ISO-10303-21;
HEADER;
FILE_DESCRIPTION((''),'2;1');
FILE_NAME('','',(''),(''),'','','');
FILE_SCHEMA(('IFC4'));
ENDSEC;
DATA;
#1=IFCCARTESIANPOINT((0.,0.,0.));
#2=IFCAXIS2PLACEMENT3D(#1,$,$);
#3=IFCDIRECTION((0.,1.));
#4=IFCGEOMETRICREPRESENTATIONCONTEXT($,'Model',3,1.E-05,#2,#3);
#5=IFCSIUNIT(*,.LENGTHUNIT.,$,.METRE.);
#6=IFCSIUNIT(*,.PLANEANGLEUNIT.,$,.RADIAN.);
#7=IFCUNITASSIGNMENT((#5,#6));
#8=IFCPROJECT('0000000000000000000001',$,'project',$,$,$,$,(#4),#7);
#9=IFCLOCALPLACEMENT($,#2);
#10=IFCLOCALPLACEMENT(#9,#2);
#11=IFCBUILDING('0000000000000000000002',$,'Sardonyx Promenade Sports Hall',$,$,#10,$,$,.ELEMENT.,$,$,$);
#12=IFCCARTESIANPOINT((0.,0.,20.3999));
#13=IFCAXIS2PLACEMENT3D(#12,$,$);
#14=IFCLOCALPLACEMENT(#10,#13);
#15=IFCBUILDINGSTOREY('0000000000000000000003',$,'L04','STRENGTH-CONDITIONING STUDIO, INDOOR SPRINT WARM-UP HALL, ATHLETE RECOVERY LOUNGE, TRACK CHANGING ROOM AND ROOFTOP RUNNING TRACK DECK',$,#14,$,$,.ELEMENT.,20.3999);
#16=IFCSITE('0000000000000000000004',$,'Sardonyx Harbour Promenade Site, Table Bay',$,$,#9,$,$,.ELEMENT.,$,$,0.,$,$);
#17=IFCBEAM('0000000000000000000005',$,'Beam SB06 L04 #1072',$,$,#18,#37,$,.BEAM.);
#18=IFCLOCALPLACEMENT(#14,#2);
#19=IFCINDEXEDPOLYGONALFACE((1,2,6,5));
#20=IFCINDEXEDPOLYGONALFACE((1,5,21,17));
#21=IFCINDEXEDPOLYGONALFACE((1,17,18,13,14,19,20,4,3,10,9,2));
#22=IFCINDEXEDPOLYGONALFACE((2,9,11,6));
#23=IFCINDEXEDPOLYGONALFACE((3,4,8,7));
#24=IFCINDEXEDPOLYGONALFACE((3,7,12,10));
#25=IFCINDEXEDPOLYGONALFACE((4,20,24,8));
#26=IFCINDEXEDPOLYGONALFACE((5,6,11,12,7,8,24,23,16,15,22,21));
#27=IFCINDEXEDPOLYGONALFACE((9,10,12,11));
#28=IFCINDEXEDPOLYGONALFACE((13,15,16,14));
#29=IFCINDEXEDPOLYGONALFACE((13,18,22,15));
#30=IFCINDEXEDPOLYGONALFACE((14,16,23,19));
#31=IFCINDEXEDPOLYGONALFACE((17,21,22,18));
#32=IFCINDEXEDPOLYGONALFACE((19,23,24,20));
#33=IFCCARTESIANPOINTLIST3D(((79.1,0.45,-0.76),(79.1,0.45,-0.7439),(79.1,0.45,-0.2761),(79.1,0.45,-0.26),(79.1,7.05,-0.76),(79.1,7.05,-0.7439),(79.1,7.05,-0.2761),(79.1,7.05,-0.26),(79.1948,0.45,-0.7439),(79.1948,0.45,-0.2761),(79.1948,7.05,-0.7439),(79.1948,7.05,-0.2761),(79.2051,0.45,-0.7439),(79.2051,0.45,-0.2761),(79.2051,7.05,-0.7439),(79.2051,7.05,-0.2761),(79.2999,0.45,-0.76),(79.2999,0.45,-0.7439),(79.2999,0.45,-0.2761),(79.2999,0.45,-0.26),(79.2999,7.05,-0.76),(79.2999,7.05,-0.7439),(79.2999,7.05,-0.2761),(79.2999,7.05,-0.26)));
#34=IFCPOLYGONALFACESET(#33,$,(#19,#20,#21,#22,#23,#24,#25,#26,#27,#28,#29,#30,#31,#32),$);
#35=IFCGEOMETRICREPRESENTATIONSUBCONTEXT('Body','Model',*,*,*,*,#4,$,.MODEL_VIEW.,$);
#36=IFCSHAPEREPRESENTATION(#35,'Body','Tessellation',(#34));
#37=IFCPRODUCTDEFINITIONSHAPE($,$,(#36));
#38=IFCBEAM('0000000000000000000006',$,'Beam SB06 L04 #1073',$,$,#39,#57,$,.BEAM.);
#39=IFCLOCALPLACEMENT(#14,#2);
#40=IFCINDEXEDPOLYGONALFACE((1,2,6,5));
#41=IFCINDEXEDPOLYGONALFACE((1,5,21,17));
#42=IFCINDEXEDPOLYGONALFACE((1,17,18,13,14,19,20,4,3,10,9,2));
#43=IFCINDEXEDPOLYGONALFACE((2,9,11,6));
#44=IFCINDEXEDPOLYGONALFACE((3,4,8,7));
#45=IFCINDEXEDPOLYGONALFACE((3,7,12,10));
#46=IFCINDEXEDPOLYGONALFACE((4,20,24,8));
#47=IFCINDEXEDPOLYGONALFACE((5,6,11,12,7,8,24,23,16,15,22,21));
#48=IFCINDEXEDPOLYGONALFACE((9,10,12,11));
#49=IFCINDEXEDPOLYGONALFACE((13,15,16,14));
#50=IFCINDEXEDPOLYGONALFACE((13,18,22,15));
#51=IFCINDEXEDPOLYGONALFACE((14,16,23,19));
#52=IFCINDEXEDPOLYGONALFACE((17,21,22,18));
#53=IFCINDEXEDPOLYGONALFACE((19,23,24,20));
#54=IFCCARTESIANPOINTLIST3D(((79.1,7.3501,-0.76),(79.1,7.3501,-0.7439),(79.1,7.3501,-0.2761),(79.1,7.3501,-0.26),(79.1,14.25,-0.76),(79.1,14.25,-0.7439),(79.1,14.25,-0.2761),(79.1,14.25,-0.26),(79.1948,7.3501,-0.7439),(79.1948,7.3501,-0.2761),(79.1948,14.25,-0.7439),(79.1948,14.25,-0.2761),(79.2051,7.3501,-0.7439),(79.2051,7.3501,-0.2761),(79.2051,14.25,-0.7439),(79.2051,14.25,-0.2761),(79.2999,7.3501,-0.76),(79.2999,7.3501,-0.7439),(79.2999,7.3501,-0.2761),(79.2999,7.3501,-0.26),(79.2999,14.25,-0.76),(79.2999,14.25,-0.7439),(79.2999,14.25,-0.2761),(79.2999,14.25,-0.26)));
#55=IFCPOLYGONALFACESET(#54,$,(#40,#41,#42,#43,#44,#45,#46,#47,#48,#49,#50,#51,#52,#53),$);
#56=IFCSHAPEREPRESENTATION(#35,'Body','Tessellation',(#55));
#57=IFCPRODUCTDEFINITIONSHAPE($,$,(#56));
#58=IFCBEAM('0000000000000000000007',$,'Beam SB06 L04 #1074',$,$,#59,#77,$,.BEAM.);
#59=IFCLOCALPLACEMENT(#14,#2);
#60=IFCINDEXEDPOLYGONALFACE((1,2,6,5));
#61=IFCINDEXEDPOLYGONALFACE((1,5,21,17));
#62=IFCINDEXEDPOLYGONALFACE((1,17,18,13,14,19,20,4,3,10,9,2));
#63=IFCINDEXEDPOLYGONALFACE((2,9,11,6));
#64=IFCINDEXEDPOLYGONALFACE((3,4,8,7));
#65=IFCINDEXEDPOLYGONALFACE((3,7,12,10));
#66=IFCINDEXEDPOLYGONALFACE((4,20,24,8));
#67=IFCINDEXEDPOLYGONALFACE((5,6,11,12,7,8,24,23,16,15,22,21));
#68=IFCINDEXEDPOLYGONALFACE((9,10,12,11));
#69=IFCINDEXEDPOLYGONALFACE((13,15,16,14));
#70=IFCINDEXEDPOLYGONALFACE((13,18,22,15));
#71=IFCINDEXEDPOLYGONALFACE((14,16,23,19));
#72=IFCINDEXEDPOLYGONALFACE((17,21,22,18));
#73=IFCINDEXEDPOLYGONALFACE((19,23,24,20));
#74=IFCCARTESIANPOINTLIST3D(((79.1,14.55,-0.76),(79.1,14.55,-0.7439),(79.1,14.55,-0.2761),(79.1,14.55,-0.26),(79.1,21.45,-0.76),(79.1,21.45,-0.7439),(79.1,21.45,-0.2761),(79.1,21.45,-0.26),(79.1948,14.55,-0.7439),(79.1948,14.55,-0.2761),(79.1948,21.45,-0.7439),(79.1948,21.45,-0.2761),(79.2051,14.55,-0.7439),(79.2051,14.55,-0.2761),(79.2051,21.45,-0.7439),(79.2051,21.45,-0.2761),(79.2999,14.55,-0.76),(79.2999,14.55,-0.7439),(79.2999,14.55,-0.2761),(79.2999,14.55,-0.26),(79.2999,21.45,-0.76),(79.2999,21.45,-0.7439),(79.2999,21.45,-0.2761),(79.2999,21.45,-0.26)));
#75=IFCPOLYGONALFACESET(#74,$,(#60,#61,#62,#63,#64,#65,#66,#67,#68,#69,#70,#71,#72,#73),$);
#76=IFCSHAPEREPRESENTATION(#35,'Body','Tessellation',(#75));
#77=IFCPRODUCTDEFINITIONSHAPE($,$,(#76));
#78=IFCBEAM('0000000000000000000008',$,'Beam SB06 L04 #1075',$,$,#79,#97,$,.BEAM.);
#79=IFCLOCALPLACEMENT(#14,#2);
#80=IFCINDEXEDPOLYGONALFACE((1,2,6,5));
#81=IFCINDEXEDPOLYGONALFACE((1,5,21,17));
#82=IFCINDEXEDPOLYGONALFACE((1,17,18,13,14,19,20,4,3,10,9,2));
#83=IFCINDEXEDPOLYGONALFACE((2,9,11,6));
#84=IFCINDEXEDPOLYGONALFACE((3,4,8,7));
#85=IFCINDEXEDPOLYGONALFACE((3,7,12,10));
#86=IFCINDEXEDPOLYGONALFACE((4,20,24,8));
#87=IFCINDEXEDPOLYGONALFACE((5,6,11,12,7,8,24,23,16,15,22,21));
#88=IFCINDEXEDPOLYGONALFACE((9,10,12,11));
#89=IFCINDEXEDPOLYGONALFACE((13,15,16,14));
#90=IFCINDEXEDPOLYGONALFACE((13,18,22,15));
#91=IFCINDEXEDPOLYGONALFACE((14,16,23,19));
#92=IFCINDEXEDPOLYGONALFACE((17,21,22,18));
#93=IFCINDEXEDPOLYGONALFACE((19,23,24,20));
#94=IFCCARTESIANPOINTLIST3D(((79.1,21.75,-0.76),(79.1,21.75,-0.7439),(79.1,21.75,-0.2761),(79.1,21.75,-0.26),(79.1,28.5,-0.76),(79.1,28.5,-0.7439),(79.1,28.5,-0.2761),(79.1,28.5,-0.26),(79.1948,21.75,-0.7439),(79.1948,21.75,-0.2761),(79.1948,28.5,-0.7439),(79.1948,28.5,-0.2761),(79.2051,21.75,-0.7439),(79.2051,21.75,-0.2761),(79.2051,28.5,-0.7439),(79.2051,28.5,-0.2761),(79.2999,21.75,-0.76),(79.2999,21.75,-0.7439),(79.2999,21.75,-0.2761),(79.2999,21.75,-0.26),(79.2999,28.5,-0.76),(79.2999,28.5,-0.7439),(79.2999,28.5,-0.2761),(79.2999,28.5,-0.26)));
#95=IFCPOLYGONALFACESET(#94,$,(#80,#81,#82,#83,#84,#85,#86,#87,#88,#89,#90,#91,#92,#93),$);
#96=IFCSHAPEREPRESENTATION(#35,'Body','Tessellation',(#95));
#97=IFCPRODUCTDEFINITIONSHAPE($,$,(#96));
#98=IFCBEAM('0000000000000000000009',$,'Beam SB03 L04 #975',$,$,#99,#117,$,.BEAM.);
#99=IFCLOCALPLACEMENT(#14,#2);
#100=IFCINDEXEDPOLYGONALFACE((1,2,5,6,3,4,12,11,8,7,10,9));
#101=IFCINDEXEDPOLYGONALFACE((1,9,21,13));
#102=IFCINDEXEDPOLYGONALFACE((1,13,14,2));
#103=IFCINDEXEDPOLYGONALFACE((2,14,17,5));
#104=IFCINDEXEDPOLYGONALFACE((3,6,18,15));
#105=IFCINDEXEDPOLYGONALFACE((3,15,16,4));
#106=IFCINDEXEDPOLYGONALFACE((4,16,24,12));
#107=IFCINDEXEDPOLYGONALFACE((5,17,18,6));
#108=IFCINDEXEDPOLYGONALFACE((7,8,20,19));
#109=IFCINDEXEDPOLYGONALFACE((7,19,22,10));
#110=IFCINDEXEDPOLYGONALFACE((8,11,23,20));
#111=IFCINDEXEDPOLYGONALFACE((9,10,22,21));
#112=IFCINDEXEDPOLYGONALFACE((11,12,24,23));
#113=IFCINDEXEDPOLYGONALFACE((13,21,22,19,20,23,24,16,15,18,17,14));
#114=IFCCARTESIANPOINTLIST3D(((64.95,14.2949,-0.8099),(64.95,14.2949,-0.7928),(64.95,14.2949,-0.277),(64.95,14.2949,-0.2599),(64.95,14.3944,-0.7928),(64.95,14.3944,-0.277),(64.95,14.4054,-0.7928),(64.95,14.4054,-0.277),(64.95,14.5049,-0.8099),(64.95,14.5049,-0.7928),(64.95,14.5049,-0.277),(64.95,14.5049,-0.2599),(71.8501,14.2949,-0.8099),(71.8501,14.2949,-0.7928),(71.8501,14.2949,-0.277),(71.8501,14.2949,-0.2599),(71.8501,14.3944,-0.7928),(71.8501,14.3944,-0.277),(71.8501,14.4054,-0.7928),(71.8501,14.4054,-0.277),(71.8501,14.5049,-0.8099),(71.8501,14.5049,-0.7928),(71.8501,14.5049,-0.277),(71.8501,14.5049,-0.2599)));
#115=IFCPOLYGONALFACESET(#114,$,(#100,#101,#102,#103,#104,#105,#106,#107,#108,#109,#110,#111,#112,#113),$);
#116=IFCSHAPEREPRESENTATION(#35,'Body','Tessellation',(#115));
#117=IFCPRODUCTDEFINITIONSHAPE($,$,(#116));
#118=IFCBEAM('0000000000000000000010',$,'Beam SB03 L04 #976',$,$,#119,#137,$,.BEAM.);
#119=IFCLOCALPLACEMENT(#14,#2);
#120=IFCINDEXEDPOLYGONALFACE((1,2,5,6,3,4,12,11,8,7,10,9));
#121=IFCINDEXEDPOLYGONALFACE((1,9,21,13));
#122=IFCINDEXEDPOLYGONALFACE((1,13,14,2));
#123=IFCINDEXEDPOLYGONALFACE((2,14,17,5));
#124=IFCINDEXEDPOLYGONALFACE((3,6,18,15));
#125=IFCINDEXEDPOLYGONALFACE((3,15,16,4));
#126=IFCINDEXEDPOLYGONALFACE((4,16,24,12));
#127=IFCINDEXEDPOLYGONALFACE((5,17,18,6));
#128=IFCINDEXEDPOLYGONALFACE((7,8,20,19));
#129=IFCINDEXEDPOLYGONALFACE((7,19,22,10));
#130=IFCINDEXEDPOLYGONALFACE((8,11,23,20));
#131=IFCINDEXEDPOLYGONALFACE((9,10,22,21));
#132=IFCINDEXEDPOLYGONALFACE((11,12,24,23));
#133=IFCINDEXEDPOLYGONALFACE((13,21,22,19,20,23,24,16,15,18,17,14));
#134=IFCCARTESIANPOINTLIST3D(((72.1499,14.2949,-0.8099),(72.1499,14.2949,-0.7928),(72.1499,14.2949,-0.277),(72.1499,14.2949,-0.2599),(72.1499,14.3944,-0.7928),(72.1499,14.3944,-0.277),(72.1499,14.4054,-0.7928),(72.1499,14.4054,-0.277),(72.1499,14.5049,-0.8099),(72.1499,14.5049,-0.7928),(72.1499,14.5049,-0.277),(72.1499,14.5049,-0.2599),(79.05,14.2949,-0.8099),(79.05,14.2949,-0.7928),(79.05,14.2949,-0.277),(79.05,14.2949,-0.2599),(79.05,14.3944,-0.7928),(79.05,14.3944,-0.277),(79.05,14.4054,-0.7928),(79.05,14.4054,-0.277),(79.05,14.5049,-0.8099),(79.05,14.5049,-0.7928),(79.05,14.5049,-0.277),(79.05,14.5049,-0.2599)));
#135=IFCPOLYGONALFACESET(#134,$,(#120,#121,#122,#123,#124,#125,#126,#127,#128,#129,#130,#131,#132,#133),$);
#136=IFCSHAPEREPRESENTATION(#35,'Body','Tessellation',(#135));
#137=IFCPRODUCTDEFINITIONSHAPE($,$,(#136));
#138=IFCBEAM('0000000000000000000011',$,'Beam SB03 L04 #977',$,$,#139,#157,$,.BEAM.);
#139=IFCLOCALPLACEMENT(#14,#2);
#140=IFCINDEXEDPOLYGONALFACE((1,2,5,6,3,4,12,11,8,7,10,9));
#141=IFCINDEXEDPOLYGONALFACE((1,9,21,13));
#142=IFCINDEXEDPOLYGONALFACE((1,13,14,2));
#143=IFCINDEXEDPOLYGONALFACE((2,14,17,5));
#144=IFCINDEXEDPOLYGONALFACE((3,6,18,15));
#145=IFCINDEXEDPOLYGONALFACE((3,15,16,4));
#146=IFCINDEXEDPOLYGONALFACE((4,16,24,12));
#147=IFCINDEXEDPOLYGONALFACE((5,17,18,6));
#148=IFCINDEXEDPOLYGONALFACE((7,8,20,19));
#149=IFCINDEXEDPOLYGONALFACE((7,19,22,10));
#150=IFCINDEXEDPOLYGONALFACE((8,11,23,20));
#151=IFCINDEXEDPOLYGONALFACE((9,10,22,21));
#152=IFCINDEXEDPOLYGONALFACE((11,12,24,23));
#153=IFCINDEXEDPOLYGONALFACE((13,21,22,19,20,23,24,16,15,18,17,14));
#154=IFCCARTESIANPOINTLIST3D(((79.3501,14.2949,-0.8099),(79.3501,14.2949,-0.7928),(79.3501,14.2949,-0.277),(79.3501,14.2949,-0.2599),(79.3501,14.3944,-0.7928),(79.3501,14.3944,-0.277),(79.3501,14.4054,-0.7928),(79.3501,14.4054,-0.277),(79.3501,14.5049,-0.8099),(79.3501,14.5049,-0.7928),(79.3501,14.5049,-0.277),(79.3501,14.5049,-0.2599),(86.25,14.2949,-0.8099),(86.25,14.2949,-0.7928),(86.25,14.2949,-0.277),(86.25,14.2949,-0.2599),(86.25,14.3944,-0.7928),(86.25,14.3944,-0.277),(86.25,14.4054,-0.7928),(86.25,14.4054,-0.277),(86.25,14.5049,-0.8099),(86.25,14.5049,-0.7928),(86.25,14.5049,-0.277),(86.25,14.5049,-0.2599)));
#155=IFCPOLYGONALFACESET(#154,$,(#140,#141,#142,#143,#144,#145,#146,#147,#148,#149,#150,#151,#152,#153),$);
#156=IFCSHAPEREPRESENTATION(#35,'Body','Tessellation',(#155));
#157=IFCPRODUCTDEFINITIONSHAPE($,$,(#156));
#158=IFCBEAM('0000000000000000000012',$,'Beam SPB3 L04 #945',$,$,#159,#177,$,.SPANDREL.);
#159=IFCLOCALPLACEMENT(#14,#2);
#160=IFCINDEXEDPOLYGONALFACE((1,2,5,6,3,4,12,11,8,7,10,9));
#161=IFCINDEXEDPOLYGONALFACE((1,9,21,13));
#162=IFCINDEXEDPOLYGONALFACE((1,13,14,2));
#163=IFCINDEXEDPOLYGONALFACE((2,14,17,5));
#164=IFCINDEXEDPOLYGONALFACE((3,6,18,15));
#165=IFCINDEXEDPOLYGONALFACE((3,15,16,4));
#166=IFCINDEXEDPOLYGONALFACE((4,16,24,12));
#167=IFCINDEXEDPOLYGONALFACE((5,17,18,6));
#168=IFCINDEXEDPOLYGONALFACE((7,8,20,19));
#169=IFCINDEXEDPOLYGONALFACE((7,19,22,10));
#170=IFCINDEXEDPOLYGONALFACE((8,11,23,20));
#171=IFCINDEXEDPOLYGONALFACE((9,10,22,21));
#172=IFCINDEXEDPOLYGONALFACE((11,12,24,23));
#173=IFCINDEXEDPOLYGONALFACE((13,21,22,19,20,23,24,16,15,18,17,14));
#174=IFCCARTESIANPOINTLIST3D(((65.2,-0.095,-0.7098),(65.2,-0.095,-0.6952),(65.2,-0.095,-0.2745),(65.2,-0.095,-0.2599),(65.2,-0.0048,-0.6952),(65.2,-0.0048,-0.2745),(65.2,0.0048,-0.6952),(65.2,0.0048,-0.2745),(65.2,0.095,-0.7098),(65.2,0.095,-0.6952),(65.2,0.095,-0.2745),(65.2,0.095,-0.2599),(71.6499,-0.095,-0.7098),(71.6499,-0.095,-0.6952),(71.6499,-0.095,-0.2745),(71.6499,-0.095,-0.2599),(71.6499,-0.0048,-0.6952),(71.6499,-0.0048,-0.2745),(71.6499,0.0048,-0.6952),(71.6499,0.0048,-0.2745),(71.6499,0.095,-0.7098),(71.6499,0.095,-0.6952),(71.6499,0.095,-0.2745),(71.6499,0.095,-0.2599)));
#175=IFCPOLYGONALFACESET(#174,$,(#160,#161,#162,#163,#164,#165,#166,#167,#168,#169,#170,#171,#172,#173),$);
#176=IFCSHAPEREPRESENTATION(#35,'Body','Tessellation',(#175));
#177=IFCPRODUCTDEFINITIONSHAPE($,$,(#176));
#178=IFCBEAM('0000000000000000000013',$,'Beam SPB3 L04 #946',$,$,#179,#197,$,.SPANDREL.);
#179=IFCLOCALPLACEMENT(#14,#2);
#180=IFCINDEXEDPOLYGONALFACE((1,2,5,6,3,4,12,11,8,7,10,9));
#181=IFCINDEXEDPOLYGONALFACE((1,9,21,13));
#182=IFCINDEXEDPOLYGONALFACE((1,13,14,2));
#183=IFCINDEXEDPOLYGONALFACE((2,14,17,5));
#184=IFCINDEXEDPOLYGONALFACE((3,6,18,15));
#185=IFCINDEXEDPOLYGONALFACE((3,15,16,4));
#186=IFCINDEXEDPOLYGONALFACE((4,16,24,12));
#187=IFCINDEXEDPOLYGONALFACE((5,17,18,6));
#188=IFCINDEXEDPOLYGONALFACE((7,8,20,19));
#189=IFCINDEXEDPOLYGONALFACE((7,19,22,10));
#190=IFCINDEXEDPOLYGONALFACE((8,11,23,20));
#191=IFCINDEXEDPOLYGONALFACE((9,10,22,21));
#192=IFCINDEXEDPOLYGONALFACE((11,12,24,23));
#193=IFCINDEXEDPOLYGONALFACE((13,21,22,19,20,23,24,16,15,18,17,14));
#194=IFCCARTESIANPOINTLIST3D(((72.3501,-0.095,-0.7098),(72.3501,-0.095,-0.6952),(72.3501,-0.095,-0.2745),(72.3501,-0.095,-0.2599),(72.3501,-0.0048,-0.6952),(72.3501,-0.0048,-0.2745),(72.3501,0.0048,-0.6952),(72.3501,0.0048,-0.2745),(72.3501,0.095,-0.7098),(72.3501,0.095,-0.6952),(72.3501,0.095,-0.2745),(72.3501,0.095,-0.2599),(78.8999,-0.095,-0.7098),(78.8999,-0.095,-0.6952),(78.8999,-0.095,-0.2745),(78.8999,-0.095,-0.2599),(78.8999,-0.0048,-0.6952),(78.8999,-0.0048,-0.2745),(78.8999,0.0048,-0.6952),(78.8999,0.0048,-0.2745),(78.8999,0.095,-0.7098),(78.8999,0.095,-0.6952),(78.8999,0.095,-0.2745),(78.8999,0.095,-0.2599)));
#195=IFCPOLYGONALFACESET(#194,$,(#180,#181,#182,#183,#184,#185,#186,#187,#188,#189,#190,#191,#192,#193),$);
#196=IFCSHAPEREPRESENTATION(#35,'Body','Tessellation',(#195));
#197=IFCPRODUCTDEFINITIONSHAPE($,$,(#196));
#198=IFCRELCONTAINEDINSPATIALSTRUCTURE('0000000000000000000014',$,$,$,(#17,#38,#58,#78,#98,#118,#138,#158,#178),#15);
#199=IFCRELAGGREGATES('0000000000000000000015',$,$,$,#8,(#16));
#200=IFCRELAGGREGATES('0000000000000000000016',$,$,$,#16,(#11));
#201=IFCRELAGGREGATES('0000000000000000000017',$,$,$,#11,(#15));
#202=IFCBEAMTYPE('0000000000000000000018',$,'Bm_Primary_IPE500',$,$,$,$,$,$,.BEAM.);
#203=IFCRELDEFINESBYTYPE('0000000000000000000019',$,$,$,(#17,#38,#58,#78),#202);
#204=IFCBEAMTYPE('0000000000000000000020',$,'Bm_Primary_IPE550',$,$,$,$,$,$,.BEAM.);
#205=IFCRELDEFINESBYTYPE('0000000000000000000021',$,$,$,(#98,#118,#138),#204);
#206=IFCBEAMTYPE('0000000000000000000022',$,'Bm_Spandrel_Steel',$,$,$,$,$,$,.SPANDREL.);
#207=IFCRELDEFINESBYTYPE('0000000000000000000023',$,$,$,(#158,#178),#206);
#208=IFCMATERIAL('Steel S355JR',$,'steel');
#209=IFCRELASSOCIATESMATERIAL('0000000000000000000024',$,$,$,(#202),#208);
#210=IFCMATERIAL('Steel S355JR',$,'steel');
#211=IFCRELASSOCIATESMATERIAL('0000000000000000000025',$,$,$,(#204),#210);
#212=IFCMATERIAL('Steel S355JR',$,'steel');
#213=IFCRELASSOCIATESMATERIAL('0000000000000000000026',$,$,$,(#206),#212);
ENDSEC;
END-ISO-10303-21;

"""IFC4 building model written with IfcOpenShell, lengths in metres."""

from ifc_helpers import new_model, si_unit, direction, frame, origin, origin_2d, place, context, subcontext, project, spatial, i_section, extrude, material, material_profile, profile_set, type_object, element, save


model = new_model("IFC4")

# Units and contexts
model_context = context("Model", 3, precision=1e-05, world=origin(), true_north=direction((0.0, 1.0)))
body_context = subcontext(model_context, "Body", "Model", "MODEL_VIEW")
ifc_project = project(units=[si_unit("LENGTHUNIT", "METRE"), si_unit("PLANEANGLEUNIT", "RADIAN")], contexts=[model_context])

# Site, building, storey
site_placement = place(None, origin())
site = spatial("IfcSite", under=ifc_project, at=site_placement, Name="Sardonyx Harbour Promenade Site, Table Bay", CompositionType="ELEMENT", RefElevation=0.0)
building_placement = place(site_placement, origin())
building = spatial("IfcBuilding", under=site, at=building_placement, Name="Sardonyx Promenade Sports Hall", CompositionType="ELEMENT")
storey_placement = place(building_placement, frame((0.0, 0.0, 20.3999)))
storey = spatial("IfcBuildingStorey", under=building, at=storey_placement, Name="L04", Description="STRENGTH-CONDITIONING STUDIO, INDOOR SPRINT WARM-UP HALL, ATHLETE RECOVERY LOUNGE, TRACK CHANGING ROOM AND ROOFTOP RUNNING TRACK DECK", CompositionType="ELEMENT", Elevation=20.3999)

# Beams
ifc_material_1 = material(Name="Steel S355JR", Category="steel")
ifc_material_profile_1 = material_profile(ifc_material_1, i_section(OverallWidth=0.2, OverallDepth=0.5, WebThickness=0.0103, FlangeThickness=0.0161, at=origin_2d()))
ifc_profile_set_1 = profile_set([ifc_material_profile_1], Name="Steel S355JR")
beam_type_1 = type_object("IfcBeamType", Name="Bm_Primary_IPE500", PredefinedType="BEAM", material=ifc_profile_set_1)
beam_1_placement = place(storey_placement, frame((79.2, 0.45, -0.51), z_axis=(0.0, 1.0, 0.0), x_axis=(-1.0, 0.0, 0.0)))
element("IfcBeam", 1, at=beam_1_placement, inside=storey, type_object=beam_type_1, Name="Beam SB06 L04 #1072", PredefinedType="BEAM", context=body_context, shape_type="SweptSolid", body=[
    extrude(i_section(OverallWidth=0.2, OverallDepth=0.5, WebThickness=0.0103, FlangeThickness=0.0161, at=origin_2d()), origin(), (0.0, 0.0, 1.0), 6.6001),
])
for number, where, z_axis, x_axis, name in (
    (2, (79.2, 7.3501, -0.51), (0.0, 1.0, 0.0), (-1.0, 0.0, 0.0), "Beam SB06 L04 #1073"),
    (3, (79.2, 14.55, -0.51), (0.0, 1.0, 0.0), (-1.0, 0.0, 0.0), "Beam SB06 L04 #1074"),
):
    element("IfcBeam", number, at=place(storey_placement, frame(where, z_axis=z_axis, x_axis=x_axis)), inside=storey, type_object=beam_type_1, Name=name, PredefinedType="BEAM", context=body_context, shape_type="SweptSolid", body=[
        extrude(i_section(OverallWidth=0.2, OverallDepth=0.5, WebThickness=0.0103, FlangeThickness=0.0161, at=origin_2d()), origin(), (0.0, 0.0, 1.0), 6.8999),
    ])
beam_2_placement = place(storey_placement, frame((79.2, 21.75, -0.51), z_axis=(0.0, 1.0, 0.0), x_axis=(-1.0, 0.0, 0.0)))
element("IfcBeam", 4, at=beam_2_placement, inside=storey, type_object=beam_type_1, Name="Beam SB06 L04 #1075", PredefinedType="BEAM", context=body_context, shape_type="SweptSolid", body=[
    extrude(i_section(OverallWidth=0.2, OverallDepth=0.5, WebThickness=0.0103, FlangeThickness=0.0161, at=origin_2d()), origin(), (0.0, 0.0, 1.0), 6.75),
])
ifc_material_2 = material(Name="Steel S355JR", Category="steel")
ifc_material_profile_2 = material_profile(ifc_material_2, i_section(OverallWidth=0.21, OverallDepth=0.55, WebThickness=0.011, FlangeThickness=0.0171, at=origin_2d()))
ifc_profile_set_2 = profile_set([ifc_material_profile_2], Name="Steel S355JR")
beam_type_2 = type_object("IfcBeamType", Name="Bm_Primary_IPE550", PredefinedType="BEAM", material=ifc_profile_set_2)
for number, where, z_axis, x_axis, name in (
    (5, (64.95, 14.3999, -0.5349), (1.0, 0.0, 0.0), (0.0, 1.0, 0.0), "Beam SB03 L04 #975"),
    (6, (72.1499, 14.3999, -0.5349), (1.0, 0.0, 0.0), (0.0, 1.0, 0.0), "Beam SB03 L04 #976"),
):
    element("IfcBeam", number, at=place(storey_placement, frame(where, z_axis=z_axis, x_axis=x_axis)), inside=storey, type_object=beam_type_2, Name=name, PredefinedType="BEAM", context=body_context, shape_type="SweptSolid", body=[
        extrude(i_section(OverallWidth=0.21, OverallDepth=0.55, WebThickness=0.011, FlangeThickness=0.0171, at=origin_2d()), origin(), (0.0, 0.0, 1.0), 6.9001),
    ])
beam_3_placement = place(storey_placement, frame((79.3501, 14.3999, -0.5349), z_axis=(1.0, 0.0, 0.0), x_axis=(0.0, 1.0, 0.0)))
element("IfcBeam", 7, at=beam_3_placement, inside=storey, type_object=beam_type_2, Name="Beam SB03 L04 #977", PredefinedType="BEAM", context=body_context, shape_type="SweptSolid", body=[
    extrude(i_section(OverallWidth=0.21, OverallDepth=0.55, WebThickness=0.011, FlangeThickness=0.0171, at=origin_2d()), origin(), (0.0, 0.0, 1.0), 6.8999),
])
ifc_material_3 = material(Name="Steel S355JR", Category="steel")
ifc_material_profile_3 = material_profile(ifc_material_3, i_section(OverallWidth=0.1899, OverallDepth=0.45, WebThickness=0.0095, FlangeThickness=0.0146, at=origin_2d()))
ifc_profile_set_3 = profile_set([ifc_material_profile_3], Name="Steel S355JR")
beam_type_3 = type_object("IfcBeamType", Name="Bm_Spandrel_Steel", PredefinedType="SPANDREL", material=ifc_profile_set_3)
beam_4_placement = place(storey_placement, frame((65.2, 0.0, -0.4849), z_axis=(1.0, 0.0, 0.0), x_axis=(0.0, 1.0, 0.0)))
element("IfcBeam", 8, at=beam_4_placement, inside=storey, type_object=beam_type_3, Name="Beam SPB3 L04 #945", PredefinedType="SPANDREL", context=body_context, shape_type="SweptSolid", body=[
    extrude(i_section(OverallWidth=0.1899, OverallDepth=0.45, WebThickness=0.0095, FlangeThickness=0.0146, at=origin_2d()), origin(), (0.0, 0.0, 1.0), 6.45),
])
beam_5_placement = place(storey_placement, frame((72.3501, 0.0, -0.4849), z_axis=(1.0, 0.0, 0.0), x_axis=(0.0, 1.0, 0.0)))
element("IfcBeam", 9, at=beam_5_placement, inside=storey, type_object=beam_type_3, Name="Beam SPB3 L04 #946", PredefinedType="SPANDREL", context=body_context, shape_type="SweptSolid", body=[
    extrude(i_section(OverallWidth=0.1899, OverallDepth=0.45, WebThickness=0.0095, FlangeThickness=0.0146, at=origin_2d()), origin(), (0.0, 0.0, 1.0), 6.5498),
])

save(model, "model.ifc")
